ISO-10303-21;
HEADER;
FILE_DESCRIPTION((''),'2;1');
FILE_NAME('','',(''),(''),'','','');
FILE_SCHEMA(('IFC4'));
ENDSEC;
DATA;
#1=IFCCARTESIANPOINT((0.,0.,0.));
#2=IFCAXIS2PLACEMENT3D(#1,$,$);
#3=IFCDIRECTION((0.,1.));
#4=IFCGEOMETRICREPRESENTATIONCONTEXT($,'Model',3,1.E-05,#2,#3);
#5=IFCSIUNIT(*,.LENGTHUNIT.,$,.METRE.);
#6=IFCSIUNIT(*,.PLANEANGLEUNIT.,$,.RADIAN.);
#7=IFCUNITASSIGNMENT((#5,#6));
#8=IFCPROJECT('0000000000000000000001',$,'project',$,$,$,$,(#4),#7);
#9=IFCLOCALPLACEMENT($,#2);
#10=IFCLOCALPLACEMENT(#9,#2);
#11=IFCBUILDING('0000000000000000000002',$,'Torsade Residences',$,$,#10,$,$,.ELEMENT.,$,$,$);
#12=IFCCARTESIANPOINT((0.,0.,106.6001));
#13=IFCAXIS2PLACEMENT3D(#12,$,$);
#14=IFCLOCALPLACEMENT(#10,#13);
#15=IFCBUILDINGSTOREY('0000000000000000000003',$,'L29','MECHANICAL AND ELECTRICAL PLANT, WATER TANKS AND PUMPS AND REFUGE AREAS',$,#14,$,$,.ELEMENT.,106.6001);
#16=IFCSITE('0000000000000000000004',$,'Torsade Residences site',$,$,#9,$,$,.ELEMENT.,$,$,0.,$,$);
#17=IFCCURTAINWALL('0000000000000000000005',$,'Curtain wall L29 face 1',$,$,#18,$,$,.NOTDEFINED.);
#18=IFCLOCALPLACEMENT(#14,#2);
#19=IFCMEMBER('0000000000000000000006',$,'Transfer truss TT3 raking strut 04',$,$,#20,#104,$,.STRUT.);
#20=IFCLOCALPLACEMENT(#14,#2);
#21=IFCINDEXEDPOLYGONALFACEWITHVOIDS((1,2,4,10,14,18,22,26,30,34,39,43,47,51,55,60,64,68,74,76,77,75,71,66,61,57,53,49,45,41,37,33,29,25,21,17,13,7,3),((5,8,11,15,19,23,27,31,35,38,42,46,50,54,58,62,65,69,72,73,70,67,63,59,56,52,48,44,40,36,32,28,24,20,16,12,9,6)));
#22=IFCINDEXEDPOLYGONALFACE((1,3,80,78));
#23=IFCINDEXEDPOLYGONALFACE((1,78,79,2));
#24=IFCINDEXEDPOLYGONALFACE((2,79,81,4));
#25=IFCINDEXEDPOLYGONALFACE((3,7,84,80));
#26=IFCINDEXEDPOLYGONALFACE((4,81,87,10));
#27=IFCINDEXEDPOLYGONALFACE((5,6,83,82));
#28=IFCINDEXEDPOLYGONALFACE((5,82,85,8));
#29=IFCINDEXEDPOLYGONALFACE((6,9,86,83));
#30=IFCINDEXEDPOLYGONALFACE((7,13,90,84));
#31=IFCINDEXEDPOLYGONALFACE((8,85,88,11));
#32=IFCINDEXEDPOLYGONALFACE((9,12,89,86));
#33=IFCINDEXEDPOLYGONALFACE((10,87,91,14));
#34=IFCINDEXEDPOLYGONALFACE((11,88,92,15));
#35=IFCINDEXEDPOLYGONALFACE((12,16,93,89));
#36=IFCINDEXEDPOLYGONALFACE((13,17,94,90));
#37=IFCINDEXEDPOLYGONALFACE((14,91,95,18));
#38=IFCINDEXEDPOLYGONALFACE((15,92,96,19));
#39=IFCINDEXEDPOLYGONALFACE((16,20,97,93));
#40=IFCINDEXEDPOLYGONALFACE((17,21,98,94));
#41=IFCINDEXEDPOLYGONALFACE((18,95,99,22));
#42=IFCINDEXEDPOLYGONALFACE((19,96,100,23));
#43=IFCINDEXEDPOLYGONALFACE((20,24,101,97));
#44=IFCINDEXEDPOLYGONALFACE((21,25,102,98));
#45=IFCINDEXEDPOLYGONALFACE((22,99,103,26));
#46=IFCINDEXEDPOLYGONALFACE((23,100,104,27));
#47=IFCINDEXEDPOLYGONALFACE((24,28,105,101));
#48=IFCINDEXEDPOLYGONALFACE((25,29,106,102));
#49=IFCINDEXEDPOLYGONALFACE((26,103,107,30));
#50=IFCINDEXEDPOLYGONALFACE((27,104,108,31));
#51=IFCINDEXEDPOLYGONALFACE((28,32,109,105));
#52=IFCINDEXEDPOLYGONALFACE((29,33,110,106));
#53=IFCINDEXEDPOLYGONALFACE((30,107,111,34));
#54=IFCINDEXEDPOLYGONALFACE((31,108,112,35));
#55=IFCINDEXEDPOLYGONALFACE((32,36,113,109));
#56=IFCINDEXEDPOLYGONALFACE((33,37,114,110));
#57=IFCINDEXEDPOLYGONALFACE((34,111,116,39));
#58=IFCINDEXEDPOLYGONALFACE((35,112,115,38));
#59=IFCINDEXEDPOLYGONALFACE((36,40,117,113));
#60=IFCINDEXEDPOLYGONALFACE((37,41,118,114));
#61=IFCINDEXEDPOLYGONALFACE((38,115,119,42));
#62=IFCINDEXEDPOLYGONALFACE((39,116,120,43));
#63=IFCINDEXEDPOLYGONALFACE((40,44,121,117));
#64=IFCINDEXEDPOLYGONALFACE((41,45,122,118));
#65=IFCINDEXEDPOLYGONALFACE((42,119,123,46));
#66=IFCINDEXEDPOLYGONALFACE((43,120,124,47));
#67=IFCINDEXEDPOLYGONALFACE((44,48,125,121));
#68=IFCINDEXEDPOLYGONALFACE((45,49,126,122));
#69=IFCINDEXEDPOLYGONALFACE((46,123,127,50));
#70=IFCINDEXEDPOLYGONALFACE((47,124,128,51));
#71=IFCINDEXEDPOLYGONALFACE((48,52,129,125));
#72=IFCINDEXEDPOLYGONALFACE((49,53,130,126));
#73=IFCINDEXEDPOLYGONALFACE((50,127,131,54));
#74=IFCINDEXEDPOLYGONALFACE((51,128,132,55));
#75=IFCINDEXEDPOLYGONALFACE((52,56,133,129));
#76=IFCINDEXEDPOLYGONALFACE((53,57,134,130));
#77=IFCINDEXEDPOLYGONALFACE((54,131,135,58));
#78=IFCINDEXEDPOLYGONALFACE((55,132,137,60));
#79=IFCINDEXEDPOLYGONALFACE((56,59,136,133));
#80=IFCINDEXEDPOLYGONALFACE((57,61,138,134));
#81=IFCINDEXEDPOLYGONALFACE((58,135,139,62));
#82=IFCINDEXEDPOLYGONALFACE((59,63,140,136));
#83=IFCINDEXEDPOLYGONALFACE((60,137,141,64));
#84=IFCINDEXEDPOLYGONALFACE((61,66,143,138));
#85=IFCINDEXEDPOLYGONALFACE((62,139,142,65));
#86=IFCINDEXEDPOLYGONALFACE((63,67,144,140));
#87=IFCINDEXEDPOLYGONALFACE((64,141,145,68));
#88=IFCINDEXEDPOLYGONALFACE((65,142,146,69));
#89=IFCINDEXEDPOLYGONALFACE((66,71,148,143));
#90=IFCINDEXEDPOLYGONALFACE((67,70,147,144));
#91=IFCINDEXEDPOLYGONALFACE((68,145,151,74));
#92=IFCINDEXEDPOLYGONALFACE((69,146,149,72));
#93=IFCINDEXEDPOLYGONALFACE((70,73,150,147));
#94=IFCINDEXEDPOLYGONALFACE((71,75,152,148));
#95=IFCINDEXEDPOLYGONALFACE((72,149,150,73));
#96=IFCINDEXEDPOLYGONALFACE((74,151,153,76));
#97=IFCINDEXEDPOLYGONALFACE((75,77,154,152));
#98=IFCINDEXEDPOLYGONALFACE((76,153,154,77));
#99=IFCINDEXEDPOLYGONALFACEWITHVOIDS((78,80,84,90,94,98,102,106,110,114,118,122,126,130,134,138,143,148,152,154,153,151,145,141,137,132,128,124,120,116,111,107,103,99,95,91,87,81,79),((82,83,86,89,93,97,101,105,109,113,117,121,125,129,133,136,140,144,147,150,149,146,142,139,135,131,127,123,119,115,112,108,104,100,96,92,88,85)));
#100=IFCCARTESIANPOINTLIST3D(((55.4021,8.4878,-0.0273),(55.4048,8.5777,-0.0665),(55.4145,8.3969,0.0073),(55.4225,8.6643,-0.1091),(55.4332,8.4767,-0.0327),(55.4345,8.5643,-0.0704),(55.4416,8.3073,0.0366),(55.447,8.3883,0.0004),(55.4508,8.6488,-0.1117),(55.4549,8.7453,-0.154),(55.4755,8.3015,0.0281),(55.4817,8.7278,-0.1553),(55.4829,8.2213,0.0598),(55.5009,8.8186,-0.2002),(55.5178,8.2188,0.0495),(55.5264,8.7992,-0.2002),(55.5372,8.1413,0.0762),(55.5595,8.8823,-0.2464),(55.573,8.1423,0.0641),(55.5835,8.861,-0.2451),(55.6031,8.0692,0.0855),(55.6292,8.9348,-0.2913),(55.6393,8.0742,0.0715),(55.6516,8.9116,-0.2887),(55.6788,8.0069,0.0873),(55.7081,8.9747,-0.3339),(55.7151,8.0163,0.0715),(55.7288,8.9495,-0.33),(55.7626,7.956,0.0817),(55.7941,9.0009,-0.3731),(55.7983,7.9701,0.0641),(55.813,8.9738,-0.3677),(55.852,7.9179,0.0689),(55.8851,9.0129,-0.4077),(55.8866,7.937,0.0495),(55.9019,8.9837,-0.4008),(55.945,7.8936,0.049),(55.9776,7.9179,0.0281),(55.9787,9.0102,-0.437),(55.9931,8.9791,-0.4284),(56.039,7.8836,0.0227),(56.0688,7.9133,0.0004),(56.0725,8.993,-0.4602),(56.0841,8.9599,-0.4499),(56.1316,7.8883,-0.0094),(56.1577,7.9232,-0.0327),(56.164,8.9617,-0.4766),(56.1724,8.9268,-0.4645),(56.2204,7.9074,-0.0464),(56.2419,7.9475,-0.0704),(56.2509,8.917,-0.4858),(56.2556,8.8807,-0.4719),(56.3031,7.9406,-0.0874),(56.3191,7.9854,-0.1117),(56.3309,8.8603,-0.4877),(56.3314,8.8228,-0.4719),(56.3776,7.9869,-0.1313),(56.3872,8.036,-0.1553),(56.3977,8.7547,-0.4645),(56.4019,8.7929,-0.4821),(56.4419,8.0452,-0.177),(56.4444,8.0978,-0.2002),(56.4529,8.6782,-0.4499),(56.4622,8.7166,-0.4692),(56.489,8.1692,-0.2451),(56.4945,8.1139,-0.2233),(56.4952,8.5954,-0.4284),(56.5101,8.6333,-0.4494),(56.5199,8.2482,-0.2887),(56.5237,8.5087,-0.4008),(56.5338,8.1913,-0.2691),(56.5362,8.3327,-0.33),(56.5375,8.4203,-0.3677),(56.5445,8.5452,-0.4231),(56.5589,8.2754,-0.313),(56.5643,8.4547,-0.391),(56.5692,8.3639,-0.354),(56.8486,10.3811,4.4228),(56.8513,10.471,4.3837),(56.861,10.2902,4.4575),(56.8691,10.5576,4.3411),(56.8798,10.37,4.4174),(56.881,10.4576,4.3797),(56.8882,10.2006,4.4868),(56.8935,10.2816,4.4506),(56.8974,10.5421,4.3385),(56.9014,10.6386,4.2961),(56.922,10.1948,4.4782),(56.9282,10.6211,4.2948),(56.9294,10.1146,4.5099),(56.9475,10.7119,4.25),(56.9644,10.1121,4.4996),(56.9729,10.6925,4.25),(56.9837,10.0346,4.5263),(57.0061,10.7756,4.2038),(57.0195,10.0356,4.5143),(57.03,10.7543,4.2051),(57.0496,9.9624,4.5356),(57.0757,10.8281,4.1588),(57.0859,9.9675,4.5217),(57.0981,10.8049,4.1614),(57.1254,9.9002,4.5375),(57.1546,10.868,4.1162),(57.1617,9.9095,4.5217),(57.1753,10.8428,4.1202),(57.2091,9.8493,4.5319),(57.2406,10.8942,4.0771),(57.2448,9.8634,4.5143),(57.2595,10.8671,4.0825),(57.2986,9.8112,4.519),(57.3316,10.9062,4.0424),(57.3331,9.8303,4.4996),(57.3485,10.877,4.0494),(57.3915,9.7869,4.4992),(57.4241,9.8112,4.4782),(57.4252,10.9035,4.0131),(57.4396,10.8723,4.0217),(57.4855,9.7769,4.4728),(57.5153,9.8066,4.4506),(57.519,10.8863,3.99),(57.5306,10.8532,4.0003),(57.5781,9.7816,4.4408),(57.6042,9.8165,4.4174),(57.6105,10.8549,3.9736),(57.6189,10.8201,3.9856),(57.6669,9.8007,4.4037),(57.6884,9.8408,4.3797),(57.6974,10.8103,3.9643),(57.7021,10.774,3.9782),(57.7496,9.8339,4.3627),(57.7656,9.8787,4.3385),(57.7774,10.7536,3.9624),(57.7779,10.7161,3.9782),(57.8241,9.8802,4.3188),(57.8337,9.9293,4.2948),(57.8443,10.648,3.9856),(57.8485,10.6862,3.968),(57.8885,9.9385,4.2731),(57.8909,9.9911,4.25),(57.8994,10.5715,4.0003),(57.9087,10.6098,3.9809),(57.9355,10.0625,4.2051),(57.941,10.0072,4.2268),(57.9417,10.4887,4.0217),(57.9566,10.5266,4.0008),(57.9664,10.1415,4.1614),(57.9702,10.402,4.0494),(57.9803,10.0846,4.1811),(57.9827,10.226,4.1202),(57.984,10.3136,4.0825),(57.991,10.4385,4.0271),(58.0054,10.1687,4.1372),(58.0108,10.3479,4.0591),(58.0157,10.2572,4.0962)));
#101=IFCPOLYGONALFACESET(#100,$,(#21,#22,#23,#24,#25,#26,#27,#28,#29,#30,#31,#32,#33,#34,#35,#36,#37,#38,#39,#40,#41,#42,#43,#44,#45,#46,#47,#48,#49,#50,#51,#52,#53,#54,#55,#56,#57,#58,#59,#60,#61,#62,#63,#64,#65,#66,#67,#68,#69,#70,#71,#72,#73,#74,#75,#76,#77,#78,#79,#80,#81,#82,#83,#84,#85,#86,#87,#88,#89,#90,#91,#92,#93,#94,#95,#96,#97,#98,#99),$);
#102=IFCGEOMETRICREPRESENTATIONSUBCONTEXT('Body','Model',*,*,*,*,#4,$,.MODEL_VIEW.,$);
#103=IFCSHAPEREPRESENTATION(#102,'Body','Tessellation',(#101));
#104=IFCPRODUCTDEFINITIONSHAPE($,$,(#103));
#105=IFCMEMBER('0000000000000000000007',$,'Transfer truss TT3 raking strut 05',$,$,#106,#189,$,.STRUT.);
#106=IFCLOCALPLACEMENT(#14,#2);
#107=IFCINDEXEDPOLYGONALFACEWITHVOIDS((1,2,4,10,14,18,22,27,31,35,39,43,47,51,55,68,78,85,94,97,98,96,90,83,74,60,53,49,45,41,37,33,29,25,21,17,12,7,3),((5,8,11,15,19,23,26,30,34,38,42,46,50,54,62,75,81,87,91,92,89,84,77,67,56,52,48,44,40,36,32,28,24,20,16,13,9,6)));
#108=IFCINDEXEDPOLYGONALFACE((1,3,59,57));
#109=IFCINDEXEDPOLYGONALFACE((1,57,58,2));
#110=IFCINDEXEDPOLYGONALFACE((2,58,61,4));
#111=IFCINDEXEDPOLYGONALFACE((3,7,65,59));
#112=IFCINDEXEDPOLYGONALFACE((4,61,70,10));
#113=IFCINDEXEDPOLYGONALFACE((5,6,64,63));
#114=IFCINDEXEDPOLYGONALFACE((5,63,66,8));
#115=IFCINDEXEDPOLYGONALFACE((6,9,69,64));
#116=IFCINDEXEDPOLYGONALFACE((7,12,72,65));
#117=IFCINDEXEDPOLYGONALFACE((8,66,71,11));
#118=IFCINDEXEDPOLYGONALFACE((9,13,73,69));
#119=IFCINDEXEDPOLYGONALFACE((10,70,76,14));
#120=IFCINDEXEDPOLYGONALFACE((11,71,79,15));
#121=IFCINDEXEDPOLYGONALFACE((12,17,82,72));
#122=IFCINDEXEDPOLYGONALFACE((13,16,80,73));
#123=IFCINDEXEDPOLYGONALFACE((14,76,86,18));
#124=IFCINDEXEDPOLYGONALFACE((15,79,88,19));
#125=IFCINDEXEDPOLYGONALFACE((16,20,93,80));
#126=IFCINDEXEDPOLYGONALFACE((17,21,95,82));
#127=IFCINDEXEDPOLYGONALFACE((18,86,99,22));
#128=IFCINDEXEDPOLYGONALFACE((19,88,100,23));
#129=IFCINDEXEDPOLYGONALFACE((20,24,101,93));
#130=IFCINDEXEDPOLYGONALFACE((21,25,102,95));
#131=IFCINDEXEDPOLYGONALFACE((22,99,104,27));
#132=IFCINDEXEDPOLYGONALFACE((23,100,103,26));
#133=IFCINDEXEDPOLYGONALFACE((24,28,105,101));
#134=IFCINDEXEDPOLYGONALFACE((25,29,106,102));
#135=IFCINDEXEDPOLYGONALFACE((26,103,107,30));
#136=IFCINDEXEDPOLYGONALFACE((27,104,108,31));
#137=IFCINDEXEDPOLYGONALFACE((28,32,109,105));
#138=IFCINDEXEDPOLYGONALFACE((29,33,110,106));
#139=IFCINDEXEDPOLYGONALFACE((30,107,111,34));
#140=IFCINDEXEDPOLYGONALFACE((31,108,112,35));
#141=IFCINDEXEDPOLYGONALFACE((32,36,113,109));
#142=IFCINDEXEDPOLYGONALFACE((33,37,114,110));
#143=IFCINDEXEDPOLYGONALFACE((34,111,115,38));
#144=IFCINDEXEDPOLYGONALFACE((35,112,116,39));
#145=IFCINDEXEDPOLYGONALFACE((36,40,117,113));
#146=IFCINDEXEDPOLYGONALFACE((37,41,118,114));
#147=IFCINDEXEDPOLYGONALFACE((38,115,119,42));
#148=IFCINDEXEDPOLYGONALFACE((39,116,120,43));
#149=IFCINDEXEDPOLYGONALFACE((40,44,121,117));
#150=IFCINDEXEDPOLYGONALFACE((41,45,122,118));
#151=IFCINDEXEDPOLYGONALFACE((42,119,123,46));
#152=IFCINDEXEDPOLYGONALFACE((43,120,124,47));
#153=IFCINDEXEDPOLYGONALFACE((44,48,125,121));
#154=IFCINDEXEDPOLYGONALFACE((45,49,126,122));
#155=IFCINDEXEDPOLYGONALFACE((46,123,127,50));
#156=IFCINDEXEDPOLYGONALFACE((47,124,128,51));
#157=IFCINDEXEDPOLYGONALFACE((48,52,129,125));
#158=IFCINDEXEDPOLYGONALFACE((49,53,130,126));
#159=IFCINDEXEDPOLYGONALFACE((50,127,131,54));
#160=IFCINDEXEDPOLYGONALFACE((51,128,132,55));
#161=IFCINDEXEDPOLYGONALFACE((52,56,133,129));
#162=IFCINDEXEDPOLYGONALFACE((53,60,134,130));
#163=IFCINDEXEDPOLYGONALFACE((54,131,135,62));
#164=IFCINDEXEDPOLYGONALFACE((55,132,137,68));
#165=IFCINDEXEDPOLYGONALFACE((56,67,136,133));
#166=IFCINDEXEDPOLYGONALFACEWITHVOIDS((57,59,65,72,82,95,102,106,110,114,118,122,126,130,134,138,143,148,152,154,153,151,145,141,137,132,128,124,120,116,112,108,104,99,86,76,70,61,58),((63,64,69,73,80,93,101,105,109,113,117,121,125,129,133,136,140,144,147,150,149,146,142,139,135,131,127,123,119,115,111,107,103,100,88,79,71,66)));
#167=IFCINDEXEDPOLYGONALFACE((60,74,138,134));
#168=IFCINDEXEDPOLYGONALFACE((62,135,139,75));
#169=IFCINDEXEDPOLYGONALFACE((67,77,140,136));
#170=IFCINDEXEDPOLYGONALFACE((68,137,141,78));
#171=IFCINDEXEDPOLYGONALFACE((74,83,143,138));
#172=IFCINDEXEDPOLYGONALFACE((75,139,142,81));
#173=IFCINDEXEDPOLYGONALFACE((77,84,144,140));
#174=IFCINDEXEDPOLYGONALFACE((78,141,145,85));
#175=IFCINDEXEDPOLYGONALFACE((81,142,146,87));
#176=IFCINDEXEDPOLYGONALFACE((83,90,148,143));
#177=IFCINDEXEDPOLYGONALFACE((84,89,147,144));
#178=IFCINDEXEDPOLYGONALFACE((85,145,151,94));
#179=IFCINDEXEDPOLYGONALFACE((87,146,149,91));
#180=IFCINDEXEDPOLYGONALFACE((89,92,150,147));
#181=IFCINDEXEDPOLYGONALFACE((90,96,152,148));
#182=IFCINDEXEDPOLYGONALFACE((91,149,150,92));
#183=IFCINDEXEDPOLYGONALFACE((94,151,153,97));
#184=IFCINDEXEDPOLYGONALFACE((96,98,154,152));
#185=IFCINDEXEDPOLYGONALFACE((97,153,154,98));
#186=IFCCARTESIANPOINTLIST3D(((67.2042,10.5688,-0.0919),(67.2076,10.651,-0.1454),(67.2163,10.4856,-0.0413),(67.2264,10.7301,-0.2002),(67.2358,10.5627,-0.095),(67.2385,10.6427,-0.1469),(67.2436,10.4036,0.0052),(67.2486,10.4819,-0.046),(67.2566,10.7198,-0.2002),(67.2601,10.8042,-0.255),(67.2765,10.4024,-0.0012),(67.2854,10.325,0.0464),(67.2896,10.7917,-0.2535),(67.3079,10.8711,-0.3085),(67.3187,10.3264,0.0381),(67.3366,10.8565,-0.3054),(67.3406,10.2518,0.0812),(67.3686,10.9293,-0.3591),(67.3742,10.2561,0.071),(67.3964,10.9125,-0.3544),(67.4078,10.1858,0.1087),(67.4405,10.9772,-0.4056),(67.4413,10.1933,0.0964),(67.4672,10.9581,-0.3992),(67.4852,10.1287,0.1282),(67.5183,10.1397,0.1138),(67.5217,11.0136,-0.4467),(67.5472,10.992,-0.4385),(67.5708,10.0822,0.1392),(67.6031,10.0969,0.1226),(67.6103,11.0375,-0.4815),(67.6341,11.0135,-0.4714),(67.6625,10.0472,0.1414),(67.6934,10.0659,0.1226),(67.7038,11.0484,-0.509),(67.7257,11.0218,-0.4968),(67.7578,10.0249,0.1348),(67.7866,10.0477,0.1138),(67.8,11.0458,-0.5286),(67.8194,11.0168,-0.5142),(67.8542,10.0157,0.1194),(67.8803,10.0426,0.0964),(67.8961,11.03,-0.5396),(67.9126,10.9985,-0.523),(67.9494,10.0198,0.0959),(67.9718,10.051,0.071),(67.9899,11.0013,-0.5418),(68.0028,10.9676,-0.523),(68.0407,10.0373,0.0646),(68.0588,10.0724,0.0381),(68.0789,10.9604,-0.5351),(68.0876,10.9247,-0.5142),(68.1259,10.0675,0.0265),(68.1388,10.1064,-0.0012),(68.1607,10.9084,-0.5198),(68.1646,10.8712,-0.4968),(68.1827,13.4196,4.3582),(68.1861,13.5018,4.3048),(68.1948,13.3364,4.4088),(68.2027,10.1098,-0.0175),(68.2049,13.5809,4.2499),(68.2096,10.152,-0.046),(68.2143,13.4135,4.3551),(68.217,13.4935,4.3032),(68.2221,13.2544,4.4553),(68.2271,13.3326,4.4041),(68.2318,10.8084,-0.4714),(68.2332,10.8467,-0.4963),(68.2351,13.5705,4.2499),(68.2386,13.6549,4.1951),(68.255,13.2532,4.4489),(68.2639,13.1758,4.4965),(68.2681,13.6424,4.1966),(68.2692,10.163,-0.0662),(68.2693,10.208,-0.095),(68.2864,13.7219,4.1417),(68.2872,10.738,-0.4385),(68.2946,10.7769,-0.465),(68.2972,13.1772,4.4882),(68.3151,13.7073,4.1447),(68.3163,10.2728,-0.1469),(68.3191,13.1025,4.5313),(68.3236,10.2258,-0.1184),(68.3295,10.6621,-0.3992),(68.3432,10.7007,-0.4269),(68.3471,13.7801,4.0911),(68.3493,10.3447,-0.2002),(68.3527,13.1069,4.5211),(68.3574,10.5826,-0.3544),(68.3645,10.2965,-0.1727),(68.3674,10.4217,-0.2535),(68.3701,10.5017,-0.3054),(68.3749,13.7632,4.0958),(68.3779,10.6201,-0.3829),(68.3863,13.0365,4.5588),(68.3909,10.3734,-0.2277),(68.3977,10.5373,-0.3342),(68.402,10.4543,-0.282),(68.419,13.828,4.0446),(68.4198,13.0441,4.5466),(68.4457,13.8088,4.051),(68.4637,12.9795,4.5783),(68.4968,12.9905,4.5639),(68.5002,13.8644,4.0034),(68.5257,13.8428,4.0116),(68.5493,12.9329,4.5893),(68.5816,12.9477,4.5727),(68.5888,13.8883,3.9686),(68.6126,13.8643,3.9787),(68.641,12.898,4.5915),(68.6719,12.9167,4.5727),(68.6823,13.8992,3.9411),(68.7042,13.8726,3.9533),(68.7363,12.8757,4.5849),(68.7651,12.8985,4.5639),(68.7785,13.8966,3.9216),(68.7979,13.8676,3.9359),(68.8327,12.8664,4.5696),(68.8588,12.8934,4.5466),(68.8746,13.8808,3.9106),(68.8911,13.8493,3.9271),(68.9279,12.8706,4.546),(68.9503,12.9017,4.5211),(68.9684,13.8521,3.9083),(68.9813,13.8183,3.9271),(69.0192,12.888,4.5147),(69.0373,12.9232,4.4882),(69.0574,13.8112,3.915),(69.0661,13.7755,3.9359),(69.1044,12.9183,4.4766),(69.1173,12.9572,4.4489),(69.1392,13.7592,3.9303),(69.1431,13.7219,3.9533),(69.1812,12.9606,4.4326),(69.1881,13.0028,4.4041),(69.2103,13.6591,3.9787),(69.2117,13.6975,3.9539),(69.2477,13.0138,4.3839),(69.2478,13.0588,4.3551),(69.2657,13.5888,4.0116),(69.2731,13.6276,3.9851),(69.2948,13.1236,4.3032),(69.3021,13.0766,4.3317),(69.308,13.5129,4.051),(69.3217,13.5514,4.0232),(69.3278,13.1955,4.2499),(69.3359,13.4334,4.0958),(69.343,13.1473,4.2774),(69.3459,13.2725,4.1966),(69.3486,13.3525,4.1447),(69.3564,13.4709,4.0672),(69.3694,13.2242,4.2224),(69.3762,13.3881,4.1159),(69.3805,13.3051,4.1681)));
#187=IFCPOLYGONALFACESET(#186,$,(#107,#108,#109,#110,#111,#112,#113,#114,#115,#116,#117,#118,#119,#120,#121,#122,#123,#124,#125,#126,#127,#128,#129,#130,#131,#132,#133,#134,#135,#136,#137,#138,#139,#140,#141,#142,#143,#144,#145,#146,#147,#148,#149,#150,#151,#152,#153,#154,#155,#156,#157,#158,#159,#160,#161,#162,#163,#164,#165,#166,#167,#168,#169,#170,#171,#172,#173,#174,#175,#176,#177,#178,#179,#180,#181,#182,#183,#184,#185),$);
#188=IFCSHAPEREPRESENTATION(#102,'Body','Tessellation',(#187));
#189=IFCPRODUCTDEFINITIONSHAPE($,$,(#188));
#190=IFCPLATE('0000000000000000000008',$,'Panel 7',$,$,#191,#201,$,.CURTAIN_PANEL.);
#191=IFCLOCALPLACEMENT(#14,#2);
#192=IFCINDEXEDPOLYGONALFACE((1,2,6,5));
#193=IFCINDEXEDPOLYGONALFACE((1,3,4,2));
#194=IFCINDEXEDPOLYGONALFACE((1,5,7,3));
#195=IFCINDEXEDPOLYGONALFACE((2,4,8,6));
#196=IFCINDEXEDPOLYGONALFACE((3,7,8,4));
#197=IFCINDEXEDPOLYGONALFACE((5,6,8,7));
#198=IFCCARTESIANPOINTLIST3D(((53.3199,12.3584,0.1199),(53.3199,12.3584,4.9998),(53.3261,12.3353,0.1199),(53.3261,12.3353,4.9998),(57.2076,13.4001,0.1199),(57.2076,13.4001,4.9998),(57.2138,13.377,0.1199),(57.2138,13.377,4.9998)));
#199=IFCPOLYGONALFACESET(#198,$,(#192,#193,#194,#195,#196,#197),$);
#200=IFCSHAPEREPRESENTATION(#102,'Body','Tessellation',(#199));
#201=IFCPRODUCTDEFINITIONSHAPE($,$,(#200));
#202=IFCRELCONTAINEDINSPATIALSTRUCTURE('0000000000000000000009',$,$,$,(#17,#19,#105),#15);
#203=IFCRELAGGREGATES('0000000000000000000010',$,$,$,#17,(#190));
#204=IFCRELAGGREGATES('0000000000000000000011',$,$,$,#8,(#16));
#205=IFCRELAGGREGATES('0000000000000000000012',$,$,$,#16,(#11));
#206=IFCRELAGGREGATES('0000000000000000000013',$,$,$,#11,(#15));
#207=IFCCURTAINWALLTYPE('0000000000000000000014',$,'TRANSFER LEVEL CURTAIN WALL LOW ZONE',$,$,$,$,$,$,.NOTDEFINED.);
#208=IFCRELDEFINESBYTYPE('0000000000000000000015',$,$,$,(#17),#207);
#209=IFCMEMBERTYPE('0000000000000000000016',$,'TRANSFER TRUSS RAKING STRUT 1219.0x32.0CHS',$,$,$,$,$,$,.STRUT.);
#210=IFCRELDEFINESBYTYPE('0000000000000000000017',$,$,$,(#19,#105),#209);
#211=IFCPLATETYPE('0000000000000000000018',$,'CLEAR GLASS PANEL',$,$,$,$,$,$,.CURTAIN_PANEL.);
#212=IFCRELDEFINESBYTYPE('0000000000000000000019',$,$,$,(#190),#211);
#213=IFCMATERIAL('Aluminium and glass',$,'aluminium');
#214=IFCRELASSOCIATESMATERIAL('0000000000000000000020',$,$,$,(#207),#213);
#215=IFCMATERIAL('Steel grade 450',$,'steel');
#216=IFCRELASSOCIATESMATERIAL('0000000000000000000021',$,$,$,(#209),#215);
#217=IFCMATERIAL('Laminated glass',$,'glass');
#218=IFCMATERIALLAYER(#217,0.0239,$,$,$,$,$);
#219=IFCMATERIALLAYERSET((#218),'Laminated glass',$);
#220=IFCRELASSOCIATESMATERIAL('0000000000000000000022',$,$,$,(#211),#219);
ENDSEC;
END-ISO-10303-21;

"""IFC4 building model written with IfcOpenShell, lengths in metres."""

from ifc_helpers import new_model, si_unit, direction, frame, origin, origin_2d, place, context, subcontext, project, spatial, rectangle, hollow_circle, extrude, material, layer, layer_set, material_profile, profile_set, type_object, element, aggregate, save


model = new_model("IFC4")

# Units and contexts
model_context = context("Model", 3, precision=1e-05, world=origin(), true_north=direction((0.0, 1.0)))
body_context = subcontext(model_context, "Body", "Model", "MODEL_VIEW")
ifc_project = project(units=[si_unit("LENGTHUNIT", "METRE"), si_unit("PLANEANGLEUNIT", "RADIAN")], contexts=[model_context])

# Site, building, storey
site_placement = place(None, origin())
site = spatial("IfcSite", under=ifc_project, at=site_placement, Name="Torsade Residences site", CompositionType="ELEMENT", RefElevation=0.0)
building_placement = place(site_placement, origin())
building = spatial("IfcBuilding", under=site, at=building_placement, Name="Torsade Residences", CompositionType="ELEMENT")
storey_placement = place(building_placement, frame((0.0, 0.0, 106.6001)))
storey = spatial("IfcBuildingStorey", under=building, at=storey_placement, Name="L29", Description="MECHANICAL AND ELECTRICAL PLANT, WATER TANKS AND PUMPS AND REFUGE AREAS", CompositionType="ELEMENT", Elevation=106.6001)

# Curtain wall
ifc_material_1 = material(Name="Aluminium and glass", Category="aluminium")
curtain_wall_type = type_object("IfcCurtainWallType", Name="TRANSFER LEVEL CURTAIN WALL LOW ZONE", PredefinedType="NOTDEFINED", material=ifc_material_1)
curtain_wall_1_placement = place(storey_placement, origin())
curtain_wall_1 = element("IfcCurtainWall", 1, at=curtain_wall_1_placement, inside=storey, type_object=curtain_wall_type, Name="Curtain wall L29 face 1", PredefinedType="NOTDEFINED")

# Members
ifc_material_2 = material(Name="Steel grade 450", Category="steel")
ifc_material_profile_1 = material_profile(ifc_material_2, hollow_circle(Radius=0.6096, WallThickness=0.032, at=origin_2d()), Name="1219.0x32.0CHS")
ifc_profile_set_1 = profile_set([ifc_material_profile_1], Name="Steel grade 450")
member_type_1 = type_object("IfcMemberType", Name="TRANSFER TRUSS RAKING STRUT 1219.0x32.0CHS", PredefinedType="STRUT", material=ifc_profile_set_1)
member_1_placement = place(storey_placement, frame((55.9854, 8.4485, -0.2002), z_axis=(0.286561, 0.375069, 0.881593), x_axis=(-0.79462, 0.607108, 0.0)))
element("IfcMember", 2, at=member_1_placement, inside=storey, type_object=member_type_1, Name="Transfer truss TT3 raking strut 04", PredefinedType="STRUT", context=body_context, shape_type="SweptSolid", body=[
    extrude(hollow_circle(Radius=0.6096, WallThickness=0.032, at=origin_2d()), origin(), (0.0, 0.0, 1.0), 5.0479),
])
member_2_placement = place(storey_placement, frame((67.803, 10.5322, -0.2002), z_axis=(0.182055, 0.530402, 0.827967), x_axis=(-0.945835, 0.324647, 0.0)))
element("IfcMember", 3, at=member_2_placement, inside=storey, type_object=member_type_1, Name="Transfer truss TT3 raking strut 05", PredefinedType="STRUT", context=body_context, shape_type="SweptSolid", body=[
    extrude(hollow_circle(Radius=0.6096, WallThickness=0.032, at=origin_2d()), origin(), (0.0, 0.0, 1.0), 5.3748),
])

# Plate
ifc_material_3 = material(Name="Laminated glass", Category="glass")
ifc_layer = layer(ifc_material_3, 0.0239)
ifc_layer_set = layer_set([ifc_layer], Name="Laminated glass")
plate_type = type_object("IfcPlateType", Name="CLEAR GLASS PANEL", PredefinedType="CURTAIN_PANEL", material=ifc_layer_set)
plate_1_placement = place(storey_placement, frame((55.2668, 12.8677, 0.1199), z_axis=(0.0, 0.0, 1.0), x_axis=(0.965926, 0.258819, 0.0)))
plate_1 = element("IfcPlate", 4, at=plate_1_placement, type_object=plate_type, Name="Panel 7", PredefinedType="CURTAIN_PANEL", context=body_context, shape_type="SweptSolid", body=[
    extrude(rectangle(XDim=4.0249, YDim=0.0239, at=origin_2d()), origin(), (0.0, 0.0, 1.0), 4.8799),
])
aggregate(curtain_wall_1, [plate_1])

save(model, "model.ifc")
